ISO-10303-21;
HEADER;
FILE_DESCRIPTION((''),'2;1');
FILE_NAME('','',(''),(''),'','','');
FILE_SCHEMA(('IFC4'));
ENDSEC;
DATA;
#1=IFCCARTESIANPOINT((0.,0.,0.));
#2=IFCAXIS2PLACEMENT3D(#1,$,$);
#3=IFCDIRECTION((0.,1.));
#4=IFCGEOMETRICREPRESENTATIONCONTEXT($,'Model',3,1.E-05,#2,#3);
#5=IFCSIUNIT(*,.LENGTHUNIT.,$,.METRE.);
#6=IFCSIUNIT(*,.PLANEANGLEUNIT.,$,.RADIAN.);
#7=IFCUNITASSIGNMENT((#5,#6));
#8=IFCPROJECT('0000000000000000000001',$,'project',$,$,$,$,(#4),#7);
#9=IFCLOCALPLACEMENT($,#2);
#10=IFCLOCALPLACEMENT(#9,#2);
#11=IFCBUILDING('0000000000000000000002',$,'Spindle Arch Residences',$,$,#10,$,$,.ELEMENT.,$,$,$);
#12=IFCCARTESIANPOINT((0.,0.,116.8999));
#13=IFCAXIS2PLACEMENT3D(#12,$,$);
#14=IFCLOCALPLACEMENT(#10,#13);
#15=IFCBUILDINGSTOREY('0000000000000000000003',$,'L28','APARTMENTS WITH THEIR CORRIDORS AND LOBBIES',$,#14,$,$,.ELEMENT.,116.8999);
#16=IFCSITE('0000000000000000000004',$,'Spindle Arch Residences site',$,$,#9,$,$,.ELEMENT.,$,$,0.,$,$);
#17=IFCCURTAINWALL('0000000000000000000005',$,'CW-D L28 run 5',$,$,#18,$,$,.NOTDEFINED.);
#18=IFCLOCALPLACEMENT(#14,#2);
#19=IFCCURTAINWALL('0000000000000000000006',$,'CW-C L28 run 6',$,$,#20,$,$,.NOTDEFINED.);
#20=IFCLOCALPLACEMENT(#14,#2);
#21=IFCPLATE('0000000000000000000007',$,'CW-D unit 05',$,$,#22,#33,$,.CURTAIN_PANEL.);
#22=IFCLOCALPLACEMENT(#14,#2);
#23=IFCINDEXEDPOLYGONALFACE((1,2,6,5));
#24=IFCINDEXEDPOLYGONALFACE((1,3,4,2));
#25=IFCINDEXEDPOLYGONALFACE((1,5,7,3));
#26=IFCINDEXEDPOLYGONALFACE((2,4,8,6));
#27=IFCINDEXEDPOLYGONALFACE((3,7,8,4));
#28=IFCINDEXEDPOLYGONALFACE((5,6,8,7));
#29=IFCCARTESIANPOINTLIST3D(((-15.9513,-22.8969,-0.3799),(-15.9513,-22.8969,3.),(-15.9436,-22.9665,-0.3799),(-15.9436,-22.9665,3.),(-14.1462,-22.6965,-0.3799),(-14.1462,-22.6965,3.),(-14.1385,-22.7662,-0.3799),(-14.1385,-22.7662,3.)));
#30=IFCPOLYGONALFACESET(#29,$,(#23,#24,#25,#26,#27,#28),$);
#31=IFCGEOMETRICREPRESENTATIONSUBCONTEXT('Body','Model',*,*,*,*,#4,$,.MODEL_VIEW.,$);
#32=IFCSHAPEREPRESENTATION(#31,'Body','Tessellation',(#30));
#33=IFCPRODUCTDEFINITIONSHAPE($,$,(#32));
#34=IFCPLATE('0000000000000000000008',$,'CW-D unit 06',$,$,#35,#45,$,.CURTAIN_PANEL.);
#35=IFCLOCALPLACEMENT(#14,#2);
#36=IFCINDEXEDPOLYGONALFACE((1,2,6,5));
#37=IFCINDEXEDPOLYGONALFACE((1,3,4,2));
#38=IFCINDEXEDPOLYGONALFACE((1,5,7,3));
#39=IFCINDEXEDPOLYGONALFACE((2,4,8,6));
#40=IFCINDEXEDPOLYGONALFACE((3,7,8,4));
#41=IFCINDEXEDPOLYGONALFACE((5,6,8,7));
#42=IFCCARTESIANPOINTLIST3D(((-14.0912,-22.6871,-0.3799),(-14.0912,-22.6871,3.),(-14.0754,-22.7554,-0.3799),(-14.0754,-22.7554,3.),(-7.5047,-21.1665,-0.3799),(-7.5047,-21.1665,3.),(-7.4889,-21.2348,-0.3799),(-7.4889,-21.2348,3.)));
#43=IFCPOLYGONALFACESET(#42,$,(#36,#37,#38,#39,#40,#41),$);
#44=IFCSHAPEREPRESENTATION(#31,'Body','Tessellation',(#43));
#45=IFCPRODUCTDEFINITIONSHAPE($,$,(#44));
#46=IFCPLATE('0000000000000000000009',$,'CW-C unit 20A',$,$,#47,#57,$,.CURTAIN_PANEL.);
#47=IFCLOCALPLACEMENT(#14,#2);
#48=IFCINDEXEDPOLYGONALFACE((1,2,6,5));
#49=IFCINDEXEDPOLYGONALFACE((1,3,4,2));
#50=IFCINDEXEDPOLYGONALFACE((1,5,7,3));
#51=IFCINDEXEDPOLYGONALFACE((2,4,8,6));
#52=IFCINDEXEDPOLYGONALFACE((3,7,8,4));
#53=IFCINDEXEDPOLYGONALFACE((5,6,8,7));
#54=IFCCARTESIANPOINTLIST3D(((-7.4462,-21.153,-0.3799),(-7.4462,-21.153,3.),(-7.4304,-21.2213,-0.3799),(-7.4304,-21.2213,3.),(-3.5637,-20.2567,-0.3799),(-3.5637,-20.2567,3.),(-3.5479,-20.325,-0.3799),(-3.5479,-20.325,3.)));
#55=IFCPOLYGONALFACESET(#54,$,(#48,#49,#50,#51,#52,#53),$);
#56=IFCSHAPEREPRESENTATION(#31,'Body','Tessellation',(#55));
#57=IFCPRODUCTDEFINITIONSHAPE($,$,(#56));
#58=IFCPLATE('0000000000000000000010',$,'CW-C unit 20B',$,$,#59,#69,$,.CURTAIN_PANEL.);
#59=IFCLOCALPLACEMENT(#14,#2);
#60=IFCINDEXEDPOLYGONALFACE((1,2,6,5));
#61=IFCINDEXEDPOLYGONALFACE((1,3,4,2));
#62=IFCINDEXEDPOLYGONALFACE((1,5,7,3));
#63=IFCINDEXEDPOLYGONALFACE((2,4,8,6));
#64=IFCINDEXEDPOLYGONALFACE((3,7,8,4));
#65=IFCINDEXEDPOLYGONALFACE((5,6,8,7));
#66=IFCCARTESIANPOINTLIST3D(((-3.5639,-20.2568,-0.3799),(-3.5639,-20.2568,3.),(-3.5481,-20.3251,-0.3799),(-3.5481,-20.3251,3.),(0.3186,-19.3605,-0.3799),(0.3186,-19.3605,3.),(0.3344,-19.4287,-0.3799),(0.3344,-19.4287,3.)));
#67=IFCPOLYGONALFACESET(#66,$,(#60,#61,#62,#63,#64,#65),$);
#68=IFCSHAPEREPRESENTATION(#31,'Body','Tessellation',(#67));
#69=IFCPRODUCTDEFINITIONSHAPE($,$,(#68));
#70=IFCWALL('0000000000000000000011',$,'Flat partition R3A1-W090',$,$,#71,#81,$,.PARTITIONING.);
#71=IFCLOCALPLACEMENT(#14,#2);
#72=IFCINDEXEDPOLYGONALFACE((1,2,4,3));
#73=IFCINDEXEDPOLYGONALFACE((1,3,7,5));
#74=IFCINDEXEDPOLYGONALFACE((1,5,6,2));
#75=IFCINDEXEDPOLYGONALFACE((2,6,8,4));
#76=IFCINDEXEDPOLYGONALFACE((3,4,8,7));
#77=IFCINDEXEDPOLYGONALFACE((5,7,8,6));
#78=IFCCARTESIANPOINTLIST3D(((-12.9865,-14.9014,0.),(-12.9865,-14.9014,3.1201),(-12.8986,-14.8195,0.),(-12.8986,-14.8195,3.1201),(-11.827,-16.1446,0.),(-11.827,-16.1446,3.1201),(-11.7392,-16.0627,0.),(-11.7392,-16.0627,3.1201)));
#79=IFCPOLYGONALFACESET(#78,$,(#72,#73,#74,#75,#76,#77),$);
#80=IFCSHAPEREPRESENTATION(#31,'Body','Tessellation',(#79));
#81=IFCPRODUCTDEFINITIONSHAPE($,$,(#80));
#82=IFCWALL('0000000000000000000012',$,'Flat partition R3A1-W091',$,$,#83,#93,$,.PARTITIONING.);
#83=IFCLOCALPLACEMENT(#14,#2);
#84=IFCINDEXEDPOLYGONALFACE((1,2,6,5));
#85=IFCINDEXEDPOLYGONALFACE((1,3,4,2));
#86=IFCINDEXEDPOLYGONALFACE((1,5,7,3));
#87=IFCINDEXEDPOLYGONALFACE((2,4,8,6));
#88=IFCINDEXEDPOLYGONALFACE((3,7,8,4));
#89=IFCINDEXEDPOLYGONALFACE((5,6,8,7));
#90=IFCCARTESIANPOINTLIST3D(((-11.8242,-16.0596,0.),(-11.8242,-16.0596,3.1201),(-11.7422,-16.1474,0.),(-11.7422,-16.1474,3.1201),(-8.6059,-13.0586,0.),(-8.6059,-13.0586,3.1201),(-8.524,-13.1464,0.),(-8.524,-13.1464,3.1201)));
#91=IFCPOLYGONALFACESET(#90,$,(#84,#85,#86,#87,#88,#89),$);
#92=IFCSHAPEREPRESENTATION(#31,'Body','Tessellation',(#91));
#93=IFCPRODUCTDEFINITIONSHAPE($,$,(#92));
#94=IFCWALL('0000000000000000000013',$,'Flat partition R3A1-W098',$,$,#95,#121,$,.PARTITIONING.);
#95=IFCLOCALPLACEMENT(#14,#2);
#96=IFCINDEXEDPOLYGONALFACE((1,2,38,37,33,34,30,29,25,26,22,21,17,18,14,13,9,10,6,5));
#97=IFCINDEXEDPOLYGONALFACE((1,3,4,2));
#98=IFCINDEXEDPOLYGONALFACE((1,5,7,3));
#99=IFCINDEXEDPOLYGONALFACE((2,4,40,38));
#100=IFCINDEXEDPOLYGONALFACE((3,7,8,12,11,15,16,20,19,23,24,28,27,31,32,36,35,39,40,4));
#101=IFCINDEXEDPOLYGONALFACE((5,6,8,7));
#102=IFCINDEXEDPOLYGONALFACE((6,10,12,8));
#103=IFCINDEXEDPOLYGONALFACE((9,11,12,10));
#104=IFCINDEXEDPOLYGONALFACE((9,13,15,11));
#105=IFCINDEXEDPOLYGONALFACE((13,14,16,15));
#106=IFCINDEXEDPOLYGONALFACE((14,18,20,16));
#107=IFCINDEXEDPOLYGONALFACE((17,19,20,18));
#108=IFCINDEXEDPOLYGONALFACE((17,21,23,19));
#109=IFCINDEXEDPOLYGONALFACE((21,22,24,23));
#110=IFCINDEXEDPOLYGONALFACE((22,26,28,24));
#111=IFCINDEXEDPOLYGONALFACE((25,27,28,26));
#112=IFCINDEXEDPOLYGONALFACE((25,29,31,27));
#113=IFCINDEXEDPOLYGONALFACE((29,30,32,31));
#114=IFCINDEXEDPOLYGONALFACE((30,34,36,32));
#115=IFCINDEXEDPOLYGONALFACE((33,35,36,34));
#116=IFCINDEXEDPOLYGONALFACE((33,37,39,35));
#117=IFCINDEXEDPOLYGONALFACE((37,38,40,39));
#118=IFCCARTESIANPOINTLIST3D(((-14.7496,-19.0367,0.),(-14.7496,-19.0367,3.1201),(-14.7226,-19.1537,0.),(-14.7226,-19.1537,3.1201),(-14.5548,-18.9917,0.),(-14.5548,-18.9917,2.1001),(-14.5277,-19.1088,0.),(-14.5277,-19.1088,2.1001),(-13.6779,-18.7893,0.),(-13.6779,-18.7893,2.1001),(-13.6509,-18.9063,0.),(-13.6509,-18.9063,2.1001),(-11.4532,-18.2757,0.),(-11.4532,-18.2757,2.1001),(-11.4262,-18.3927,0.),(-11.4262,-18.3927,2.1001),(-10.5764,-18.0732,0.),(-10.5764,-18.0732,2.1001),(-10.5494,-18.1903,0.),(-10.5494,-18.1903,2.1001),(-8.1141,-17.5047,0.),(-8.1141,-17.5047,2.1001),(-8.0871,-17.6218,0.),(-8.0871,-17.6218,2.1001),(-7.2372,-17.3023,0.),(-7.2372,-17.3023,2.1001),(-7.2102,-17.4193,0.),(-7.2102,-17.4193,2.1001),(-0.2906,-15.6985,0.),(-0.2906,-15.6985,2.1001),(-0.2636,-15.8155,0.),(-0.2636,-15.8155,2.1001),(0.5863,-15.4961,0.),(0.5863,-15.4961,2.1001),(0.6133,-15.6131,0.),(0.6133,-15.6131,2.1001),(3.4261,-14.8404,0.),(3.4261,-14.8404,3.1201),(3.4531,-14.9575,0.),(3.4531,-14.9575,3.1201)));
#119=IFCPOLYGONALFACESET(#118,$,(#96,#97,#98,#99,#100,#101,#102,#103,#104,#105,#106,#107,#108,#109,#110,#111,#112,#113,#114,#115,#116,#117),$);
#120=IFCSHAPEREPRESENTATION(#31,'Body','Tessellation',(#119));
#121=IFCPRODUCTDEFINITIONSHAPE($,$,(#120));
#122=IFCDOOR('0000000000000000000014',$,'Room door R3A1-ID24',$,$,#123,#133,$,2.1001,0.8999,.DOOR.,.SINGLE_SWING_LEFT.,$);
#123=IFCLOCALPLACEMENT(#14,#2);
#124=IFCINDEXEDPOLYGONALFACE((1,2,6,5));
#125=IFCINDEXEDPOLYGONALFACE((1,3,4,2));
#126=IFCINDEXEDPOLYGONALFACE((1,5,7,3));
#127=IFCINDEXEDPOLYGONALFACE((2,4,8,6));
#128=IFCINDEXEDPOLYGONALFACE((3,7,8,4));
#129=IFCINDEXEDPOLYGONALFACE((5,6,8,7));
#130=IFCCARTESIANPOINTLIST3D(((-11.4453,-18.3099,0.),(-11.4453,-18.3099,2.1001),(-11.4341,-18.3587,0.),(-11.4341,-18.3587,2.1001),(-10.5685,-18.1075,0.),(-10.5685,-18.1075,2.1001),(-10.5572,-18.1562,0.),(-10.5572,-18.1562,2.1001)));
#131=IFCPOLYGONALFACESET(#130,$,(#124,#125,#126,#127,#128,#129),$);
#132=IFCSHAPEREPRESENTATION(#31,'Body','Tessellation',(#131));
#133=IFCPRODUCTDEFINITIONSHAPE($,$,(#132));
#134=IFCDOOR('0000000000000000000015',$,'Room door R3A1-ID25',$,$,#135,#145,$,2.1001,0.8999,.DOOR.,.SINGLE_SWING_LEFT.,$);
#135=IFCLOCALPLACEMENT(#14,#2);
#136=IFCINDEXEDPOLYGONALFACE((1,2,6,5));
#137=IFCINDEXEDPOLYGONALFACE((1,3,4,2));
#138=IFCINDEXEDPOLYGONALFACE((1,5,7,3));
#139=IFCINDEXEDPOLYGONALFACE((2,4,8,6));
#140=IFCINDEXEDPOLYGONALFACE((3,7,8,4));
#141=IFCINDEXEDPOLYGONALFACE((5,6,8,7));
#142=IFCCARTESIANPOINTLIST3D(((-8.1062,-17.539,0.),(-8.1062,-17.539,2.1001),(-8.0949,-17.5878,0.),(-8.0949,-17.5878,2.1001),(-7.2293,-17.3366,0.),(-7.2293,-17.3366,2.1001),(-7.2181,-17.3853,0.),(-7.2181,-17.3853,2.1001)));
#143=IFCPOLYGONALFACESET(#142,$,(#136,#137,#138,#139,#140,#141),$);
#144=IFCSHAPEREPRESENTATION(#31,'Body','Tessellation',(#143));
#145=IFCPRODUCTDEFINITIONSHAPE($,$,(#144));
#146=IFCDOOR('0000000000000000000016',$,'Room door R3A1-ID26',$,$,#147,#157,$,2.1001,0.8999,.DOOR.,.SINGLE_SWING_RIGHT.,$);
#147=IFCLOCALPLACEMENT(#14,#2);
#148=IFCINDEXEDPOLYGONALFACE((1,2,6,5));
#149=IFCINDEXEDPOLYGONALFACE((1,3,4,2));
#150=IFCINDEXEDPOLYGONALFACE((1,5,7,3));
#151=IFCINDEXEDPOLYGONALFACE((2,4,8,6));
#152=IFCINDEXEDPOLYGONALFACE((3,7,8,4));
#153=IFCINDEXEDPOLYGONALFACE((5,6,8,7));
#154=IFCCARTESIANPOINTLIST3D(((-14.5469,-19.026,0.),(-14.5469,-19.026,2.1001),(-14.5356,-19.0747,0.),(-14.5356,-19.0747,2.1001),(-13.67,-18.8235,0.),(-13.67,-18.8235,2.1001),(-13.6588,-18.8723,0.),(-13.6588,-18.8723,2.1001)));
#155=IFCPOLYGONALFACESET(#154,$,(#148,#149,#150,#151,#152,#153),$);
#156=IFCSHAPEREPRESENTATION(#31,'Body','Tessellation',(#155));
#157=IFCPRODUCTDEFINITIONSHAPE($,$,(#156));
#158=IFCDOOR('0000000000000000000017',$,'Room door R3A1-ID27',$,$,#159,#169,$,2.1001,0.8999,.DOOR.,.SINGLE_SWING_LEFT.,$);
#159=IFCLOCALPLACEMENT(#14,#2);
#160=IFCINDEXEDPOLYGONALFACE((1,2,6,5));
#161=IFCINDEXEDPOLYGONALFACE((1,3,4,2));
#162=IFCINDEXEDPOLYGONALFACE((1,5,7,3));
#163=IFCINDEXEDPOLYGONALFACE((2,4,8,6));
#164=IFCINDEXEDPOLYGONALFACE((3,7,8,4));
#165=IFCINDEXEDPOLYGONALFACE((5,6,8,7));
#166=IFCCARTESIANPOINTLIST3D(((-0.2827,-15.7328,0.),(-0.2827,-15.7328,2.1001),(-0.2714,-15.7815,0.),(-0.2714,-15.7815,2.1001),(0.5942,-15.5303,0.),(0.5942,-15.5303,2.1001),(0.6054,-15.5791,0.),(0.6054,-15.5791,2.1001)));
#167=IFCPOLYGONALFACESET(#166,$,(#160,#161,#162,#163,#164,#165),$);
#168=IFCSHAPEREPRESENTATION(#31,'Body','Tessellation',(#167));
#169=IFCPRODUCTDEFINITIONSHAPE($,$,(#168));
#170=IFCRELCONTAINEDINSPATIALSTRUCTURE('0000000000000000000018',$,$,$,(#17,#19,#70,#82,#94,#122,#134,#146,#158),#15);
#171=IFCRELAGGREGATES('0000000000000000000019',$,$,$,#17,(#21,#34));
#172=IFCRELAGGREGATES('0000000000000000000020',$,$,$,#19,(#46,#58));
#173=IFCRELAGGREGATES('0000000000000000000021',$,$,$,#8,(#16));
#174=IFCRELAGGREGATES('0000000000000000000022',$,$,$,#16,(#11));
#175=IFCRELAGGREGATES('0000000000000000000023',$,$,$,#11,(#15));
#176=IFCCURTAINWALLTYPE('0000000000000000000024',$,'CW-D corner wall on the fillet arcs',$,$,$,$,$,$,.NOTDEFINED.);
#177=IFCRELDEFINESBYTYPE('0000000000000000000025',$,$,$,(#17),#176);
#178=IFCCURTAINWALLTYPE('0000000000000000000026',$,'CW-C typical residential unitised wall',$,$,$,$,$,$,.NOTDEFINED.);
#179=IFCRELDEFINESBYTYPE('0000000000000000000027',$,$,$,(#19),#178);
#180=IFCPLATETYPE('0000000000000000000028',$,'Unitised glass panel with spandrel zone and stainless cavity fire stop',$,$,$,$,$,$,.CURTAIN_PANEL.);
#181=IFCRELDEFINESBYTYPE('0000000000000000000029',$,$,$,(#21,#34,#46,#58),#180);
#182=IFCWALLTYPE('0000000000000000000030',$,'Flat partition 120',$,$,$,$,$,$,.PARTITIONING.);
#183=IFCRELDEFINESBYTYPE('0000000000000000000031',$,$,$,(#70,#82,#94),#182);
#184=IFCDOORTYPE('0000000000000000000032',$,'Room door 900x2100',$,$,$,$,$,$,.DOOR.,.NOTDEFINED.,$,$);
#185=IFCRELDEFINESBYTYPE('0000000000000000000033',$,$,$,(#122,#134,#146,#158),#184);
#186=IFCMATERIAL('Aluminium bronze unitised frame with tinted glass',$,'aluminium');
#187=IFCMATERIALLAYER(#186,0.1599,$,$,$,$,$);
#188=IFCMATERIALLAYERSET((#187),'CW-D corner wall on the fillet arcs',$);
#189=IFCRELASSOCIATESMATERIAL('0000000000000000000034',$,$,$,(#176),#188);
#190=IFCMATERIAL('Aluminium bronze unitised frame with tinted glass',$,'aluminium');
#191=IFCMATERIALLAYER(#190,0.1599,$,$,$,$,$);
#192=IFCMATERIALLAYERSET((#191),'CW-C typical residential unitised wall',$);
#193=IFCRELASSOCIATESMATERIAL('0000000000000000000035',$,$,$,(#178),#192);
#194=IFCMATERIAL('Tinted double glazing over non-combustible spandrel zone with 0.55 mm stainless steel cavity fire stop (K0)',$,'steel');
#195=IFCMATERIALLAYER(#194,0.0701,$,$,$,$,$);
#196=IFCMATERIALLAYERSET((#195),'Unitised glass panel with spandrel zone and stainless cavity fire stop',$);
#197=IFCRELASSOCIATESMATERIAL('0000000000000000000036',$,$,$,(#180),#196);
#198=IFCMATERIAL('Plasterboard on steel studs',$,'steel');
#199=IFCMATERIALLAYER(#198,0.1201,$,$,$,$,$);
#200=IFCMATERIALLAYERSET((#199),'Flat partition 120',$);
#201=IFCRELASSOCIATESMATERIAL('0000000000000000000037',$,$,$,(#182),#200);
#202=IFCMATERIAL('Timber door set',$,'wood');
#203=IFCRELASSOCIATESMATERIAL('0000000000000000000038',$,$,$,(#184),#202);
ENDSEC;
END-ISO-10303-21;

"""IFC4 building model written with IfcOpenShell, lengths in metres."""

from ifc_helpers import new_model, si_unit, direction, frame, frame_2d, origin, origin_2d, place, context, subcontext, project, spatial, rectangle, extrude, material, layer, layer_set, type_object, element, fill, aggregate, save


model = new_model("IFC4")

# Units and contexts
model_context = context("Model", 3, precision=1e-05, world=origin(), true_north=direction((0.0, 1.0)))
body_context = subcontext(model_context, "Body", "Model", "MODEL_VIEW")
ifc_project = project(units=[si_unit("LENGTHUNIT", "METRE"), si_unit("PLANEANGLEUNIT", "RADIAN")], contexts=[model_context])

# Site, building, storey
site_placement = place(None, origin())
site = spatial("IfcSite", under=ifc_project, at=site_placement, Name="Spindle Arch Residences site", CompositionType="ELEMENT", RefElevation=0.0)
building_placement = place(site_placement, origin())
building = spatial("IfcBuilding", under=site, at=building_placement, Name="Spindle Arch Residences", CompositionType="ELEMENT")
storey_placement = place(building_placement, frame((0.0, 0.0, 116.8999)))
storey = spatial("IfcBuildingStorey", under=building, at=storey_placement, Name="L28", Description="APARTMENTS WITH THEIR CORRIDORS AND LOBBIES", CompositionType="ELEMENT", Elevation=116.8999)

# Curtain walls
ifc_material_1 = material(Name="Aluminium bronze unitised frame with tinted glass", Category="aluminium")
ifc_layer_1 = layer(ifc_material_1, 0.1599)
ifc_layer_set_1 = layer_set([ifc_layer_1], Name="CW-D corner wall on the fillet arcs")
curtain_wall_type_1 = type_object("IfcCurtainWallType", Name="CW-D corner wall on the fillet arcs", PredefinedType="NOTDEFINED", material=ifc_layer_set_1)
curtain_wall_1_placement = place(storey_placement, origin())
curtain_wall_1 = element("IfcCurtainWall", 1, at=curtain_wall_1_placement, inside=storey, type_object=curtain_wall_type_1, Name="CW-D L28 run 5", PredefinedType="NOTDEFINED")
ifc_material_2 = material(Name="Aluminium bronze unitised frame with tinted glass", Category="aluminium")
ifc_layer_2 = layer(ifc_material_2, 0.1599)
ifc_layer_set_2 = layer_set([ifc_layer_2], Name="CW-C typical residential unitised wall")
curtain_wall_type_2 = type_object("IfcCurtainWallType", Name="CW-C typical residential unitised wall", PredefinedType="NOTDEFINED", material=ifc_layer_set_2)
curtain_wall_2_placement = place(storey_placement, origin())
curtain_wall_2 = element("IfcCurtainWall", 2, at=curtain_wall_2_placement, inside=storey, type_object=curtain_wall_type_2, Name="CW-C L28 run 6", PredefinedType="NOTDEFINED")

# Plates
ifc_material_3 = material(Name="Tinted double glazing over non-combustible spandrel zone with 0.55 mm stainless steel cavity fire stop (K0)", Category="steel")
ifc_layer_3 = layer(ifc_material_3, 0.0701)
ifc_layer_set_3 = layer_set([ifc_layer_3], Name="Unitised glass panel with spandrel zone and stainless cavity fire stop")
plate_type = type_object("IfcPlateType", Name="Unitised glass panel with spandrel zone and stainless cavity fire stop", PredefinedType="CURTAIN_PANEL", material=ifc_layer_set_3)
plate_1_placement = place(storey_placement, frame((-15.0449, -22.8315, -0.3799), z_axis=(0.0, 0.0, 1.0), x_axis=(0.993897, 0.110313, 0.0)))
plate_1 = element("IfcPlate", 3, at=plate_1_placement, type_object=plate_type, Name="CW-D unit 05", PredefinedType="CURTAIN_PANEL", context=body_context, shape_type="SweptSolid", body=[
    extrude(rectangle(XDim=1.8162, YDim=0.0701, at=origin_2d()), origin(), (0.0, 0.0, 1.0), 3.3799),
])
plate_2_placement = place(storey_placement, frame((-10.79, -21.9609, -0.3799), z_axis=(0.0, 0.0, 1.0), x_axis=(0.97437, 0.224951, 0.0)))
plate_2 = element("IfcPlate", 4, at=plate_2_placement, type_object=plate_type, Name="CW-D unit 06", PredefinedType="CURTAIN_PANEL", context=body_context, shape_type="SweptSolid", body=[
    extrude(rectangle(XDim=6.7598, YDim=0.0701, at=origin_2d()), origin(), (0.0, 0.0, 1.0), 3.3799),
])
aggregate(curtain_wall_1, [plate_1, plate_2])
plate_3_placement = place(storey_placement, frame((-5.4971, -20.739, -0.3799), z_axis=(0.0, 0.0, 1.0), x_axis=(0.97437, 0.224951, 0.0)))
plate_3 = element("IfcPlate", 5, at=plate_3_placement, type_object=plate_type, Name="CW-C unit 20A", PredefinedType="CURTAIN_PANEL", context=body_context, shape_type="SweptSolid", body=[
    extrude(rectangle(XDim=3.9846, YDim=0.0701, at=origin_2d()), origin(), (0.0, 0.0, 1.0), 3.3799),
])
plate_4_placement = place(storey_placement, frame((-1.6147, -19.8428, -0.3799), z_axis=(0.0, 0.0, 1.0), x_axis=(0.97437, 0.224951, 0.0)))
plate_4 = element("IfcPlate", 6, at=plate_4_placement, type_object=plate_type, Name="CW-C unit 20B", PredefinedType="CURTAIN_PANEL", context=body_context, shape_type="SweptSolid", body=[
    extrude(rectangle(XDim=3.9846, YDim=0.0701, at=origin_2d()), origin(), (0.0, 0.0, 1.0), 3.3799),
])
aggregate(curtain_wall_2, [plate_3, plate_4])

# Walls
ifc_material_4 = material(Name="Plasterboard on steel studs", Category="steel")
ifc_layer_4 = layer(ifc_material_4, 0.1201)
ifc_layer_set_4 = layer_set([ifc_layer_4], Name="Flat partition 120")
wall_type_1 = type_object("IfcWallType", Name="Flat partition 120", PredefinedType="PARTITIONING", material=ifc_layer_set_4)
wall_1_placement = place(storey_placement, frame((-12.9426, -14.8604, 0.0), z_axis=(0.0, 0.0, 1.0), x_axis=(0.682047, -0.731308, 0.0)))
element("IfcWall", 7, at=wall_1_placement, inside=storey, type_object=wall_type_1, Name="Flat partition R3A1-W090", PredefinedType="PARTITIONING", context=body_context, shape_type="SweptSolid", body=[
    extrude(rectangle(XDim=1.7, YDim=0.1201, at=frame_2d((0.8501, 0.0))), origin(), (0.0, 0.0, 1.0), 3.1201),
])
wall_2_placement = place(storey_placement, frame((-11.7832, -16.1035, 0.0), z_axis=(0.0, 0.0, 1.0), x_axis=(0.731365, 0.681986, 0.0)))
element("IfcWall", 8, at=wall_2_placement, inside=storey, type_object=wall_type_1, Name="Flat partition R3A1-W091", PredefinedType="PARTITIONING", context=body_context, shape_type="SweptSolid", body=[
    extrude(rectangle(XDim=4.4004, YDim=0.1201, at=frame_2d((2.2002, 0.0))), origin(), (0.0, 0.0, 1.0), 3.1201),
])

# Wall, openings, doors
wall_3_placement = place(storey_placement, frame((-14.7361, -19.0952, 0.0), z_axis=(0.0, 0.0, 1.0), x_axis=(0.974369, 0.224955, 0.0)))
wall_3 = element("IfcWall", 9, at=wall_3_placement, inside=storey, type_object=wall_type_1, Name="Flat partition R3A1-W098", PredefinedType="PARTITIONING", context=body_context, shape_type="SweptSolid", body=[
    extrude(rectangle(XDim=18.6538, YDim=0.1201, at=frame_2d((9.3269, 0.0))), origin(), (0.0, 0.0, 1.0), 3.1201),
])
opening_1_placement = place(wall_3_placement, frame((3.3831, 0.0, 0.0)))
opening_1 = element("IfcOpeningElement", 10, at=opening_1_placement, cuts=wall_3, PredefinedType="OPENING", context=body_context, shape_type="SweptSolid", body=[
    extrude(rectangle(XDim=0.8999, YDim=2.1001, at=frame_2d((0.45, 1.05))), frame((0.0, 0.0701, 0.0), z_axis=(0.0, -1.0, 0.0), x_axis=(1.0, 0.0, 0.0)), (0.0, 0.0, 1.0), 0.1401),
])
opening_2_placement = place(wall_3_placement, frame((6.8101, 0.0, 0.0)))
opening_2 = element("IfcOpeningElement", 11, at=opening_2_placement, cuts=wall_3, PredefinedType="OPENING", context=body_context, shape_type="SweptSolid", body=[
    extrude(rectangle(XDim=0.8999, YDim=2.1001, at=frame_2d((0.45, 1.05))), frame((0.0, 0.0701, 0.0), z_axis=(0.0, -1.0, 0.0), x_axis=(1.0, 0.0, 0.0)), (0.0, 0.0, 1.0), 0.1401),
])
opening_3_placement = place(wall_3_placement, frame((0.2, 0.0, 0.0)))
opening_3 = element("IfcOpeningElement", 12, at=opening_3_placement, cuts=wall_3, PredefinedType="OPENING", context=body_context, shape_type="SweptSolid", body=[
    extrude(rectangle(XDim=0.8999, YDim=2.1001, at=frame_2d((0.45, 1.05))), frame((0.0, 0.0701, 0.0), z_axis=(0.0, -1.0, 0.0), x_axis=(1.0, 0.0, 0.0)), (0.0, 0.0, 1.0), 0.1401),
])
opening_4_placement = place(wall_3_placement, frame((14.8394, 0.0, 0.0)))
opening_4 = element("IfcOpeningElement", 13, at=opening_4_placement, cuts=wall_3, PredefinedType="OPENING", context=body_context, shape_type="SweptSolid", body=[
    extrude(rectangle(XDim=0.8999, YDim=2.1001, at=frame_2d((0.45, 1.05))), frame((0.0, 0.0701, 0.0), z_axis=(0.0, -1.0, 0.0), x_axis=(1.0, 0.0, 0.0)), (0.0, 0.0, 1.0), 0.1401),
])
ifc_material_5 = material(Name="Timber door set", Category="wood")
door_type = type_object("IfcDoorType", Name="Room door 900x2100", OperationType="NOTDEFINED", PredefinedType="DOOR", material=ifc_material_5)
door_1_placement = place(opening_1_placement, origin())
door_1 = element("IfcDoor", 14, at=door_1_placement, inside=storey, type_object=door_type, Name="Room door R3A1-ID24", OperationType="SINGLE_SWING_LEFT", OverallHeight=2.1001, OverallWidth=0.8999, PredefinedType="DOOR", context=body_context, shape_type="SweptSolid", body=[
    extrude(rectangle(XDim=0.8999, YDim=2.1001, at=frame_2d((0.45, 1.05))), frame((0.0, 0.0249, 0.0), z_axis=(0.0, -1.0, 0.0), x_axis=(1.0, 0.0, 0.0)), (0.0, 0.0, 1.0), 0.05),
])
fill(opening_1, door_1)
door_2_placement = place(opening_2_placement, origin())
door_2 = element("IfcDoor", 15, at=door_2_placement, inside=storey, type_object=door_type, Name="Room door R3A1-ID25", OperationType="SINGLE_SWING_LEFT", OverallHeight=2.1001, OverallWidth=0.8999, PredefinedType="DOOR", context=body_context, shape_type="SweptSolid", body=[
    extrude(rectangle(XDim=0.8999, YDim=2.1001, at=frame_2d((0.45, 1.05))), frame((0.0, 0.0249, 0.0), z_axis=(0.0, -1.0, 0.0), x_axis=(1.0, 0.0, 0.0)), (0.0, 0.0, 1.0), 0.05),
])
fill(opening_2, door_2)
door_3_placement = place(opening_3_placement, origin())
door_3 = element("IfcDoor", 16, at=door_3_placement, inside=storey, type_object=door_type, Name="Room door R3A1-ID26", OperationType="SINGLE_SWING_RIGHT", OverallHeight=2.1001, OverallWidth=0.8999, PredefinedType="DOOR", context=body_context, shape_type="SweptSolid", body=[
    extrude(rectangle(XDim=0.8999, YDim=2.1001, at=frame_2d((0.45, 1.05))), frame((0.0, 0.0249, 0.0), z_axis=(0.0, -1.0, 0.0), x_axis=(1.0, 0.0, 0.0)), (0.0, 0.0, 1.0), 0.05),
])
fill(opening_3, door_3)
door_4_placement = place(opening_4_placement, origin())
door_4 = element("IfcDoor", 17, at=door_4_placement, inside=storey, type_object=door_type, Name="Room door R3A1-ID27", OperationType="SINGLE_SWING_LEFT", OverallHeight=2.1001, OverallWidth=0.8999, PredefinedType="DOOR", context=body_context, shape_type="SweptSolid", body=[
    extrude(rectangle(XDim=0.8999, YDim=2.1001, at=frame_2d((0.45, 1.05))), frame((0.0, 0.0249, 0.0), z_axis=(0.0, -1.0, 0.0), x_axis=(1.0, 0.0, 0.0)), (0.0, 0.0, 1.0), 0.05),
])
fill(opening_4, door_4)

save(model, "model.ifc")
